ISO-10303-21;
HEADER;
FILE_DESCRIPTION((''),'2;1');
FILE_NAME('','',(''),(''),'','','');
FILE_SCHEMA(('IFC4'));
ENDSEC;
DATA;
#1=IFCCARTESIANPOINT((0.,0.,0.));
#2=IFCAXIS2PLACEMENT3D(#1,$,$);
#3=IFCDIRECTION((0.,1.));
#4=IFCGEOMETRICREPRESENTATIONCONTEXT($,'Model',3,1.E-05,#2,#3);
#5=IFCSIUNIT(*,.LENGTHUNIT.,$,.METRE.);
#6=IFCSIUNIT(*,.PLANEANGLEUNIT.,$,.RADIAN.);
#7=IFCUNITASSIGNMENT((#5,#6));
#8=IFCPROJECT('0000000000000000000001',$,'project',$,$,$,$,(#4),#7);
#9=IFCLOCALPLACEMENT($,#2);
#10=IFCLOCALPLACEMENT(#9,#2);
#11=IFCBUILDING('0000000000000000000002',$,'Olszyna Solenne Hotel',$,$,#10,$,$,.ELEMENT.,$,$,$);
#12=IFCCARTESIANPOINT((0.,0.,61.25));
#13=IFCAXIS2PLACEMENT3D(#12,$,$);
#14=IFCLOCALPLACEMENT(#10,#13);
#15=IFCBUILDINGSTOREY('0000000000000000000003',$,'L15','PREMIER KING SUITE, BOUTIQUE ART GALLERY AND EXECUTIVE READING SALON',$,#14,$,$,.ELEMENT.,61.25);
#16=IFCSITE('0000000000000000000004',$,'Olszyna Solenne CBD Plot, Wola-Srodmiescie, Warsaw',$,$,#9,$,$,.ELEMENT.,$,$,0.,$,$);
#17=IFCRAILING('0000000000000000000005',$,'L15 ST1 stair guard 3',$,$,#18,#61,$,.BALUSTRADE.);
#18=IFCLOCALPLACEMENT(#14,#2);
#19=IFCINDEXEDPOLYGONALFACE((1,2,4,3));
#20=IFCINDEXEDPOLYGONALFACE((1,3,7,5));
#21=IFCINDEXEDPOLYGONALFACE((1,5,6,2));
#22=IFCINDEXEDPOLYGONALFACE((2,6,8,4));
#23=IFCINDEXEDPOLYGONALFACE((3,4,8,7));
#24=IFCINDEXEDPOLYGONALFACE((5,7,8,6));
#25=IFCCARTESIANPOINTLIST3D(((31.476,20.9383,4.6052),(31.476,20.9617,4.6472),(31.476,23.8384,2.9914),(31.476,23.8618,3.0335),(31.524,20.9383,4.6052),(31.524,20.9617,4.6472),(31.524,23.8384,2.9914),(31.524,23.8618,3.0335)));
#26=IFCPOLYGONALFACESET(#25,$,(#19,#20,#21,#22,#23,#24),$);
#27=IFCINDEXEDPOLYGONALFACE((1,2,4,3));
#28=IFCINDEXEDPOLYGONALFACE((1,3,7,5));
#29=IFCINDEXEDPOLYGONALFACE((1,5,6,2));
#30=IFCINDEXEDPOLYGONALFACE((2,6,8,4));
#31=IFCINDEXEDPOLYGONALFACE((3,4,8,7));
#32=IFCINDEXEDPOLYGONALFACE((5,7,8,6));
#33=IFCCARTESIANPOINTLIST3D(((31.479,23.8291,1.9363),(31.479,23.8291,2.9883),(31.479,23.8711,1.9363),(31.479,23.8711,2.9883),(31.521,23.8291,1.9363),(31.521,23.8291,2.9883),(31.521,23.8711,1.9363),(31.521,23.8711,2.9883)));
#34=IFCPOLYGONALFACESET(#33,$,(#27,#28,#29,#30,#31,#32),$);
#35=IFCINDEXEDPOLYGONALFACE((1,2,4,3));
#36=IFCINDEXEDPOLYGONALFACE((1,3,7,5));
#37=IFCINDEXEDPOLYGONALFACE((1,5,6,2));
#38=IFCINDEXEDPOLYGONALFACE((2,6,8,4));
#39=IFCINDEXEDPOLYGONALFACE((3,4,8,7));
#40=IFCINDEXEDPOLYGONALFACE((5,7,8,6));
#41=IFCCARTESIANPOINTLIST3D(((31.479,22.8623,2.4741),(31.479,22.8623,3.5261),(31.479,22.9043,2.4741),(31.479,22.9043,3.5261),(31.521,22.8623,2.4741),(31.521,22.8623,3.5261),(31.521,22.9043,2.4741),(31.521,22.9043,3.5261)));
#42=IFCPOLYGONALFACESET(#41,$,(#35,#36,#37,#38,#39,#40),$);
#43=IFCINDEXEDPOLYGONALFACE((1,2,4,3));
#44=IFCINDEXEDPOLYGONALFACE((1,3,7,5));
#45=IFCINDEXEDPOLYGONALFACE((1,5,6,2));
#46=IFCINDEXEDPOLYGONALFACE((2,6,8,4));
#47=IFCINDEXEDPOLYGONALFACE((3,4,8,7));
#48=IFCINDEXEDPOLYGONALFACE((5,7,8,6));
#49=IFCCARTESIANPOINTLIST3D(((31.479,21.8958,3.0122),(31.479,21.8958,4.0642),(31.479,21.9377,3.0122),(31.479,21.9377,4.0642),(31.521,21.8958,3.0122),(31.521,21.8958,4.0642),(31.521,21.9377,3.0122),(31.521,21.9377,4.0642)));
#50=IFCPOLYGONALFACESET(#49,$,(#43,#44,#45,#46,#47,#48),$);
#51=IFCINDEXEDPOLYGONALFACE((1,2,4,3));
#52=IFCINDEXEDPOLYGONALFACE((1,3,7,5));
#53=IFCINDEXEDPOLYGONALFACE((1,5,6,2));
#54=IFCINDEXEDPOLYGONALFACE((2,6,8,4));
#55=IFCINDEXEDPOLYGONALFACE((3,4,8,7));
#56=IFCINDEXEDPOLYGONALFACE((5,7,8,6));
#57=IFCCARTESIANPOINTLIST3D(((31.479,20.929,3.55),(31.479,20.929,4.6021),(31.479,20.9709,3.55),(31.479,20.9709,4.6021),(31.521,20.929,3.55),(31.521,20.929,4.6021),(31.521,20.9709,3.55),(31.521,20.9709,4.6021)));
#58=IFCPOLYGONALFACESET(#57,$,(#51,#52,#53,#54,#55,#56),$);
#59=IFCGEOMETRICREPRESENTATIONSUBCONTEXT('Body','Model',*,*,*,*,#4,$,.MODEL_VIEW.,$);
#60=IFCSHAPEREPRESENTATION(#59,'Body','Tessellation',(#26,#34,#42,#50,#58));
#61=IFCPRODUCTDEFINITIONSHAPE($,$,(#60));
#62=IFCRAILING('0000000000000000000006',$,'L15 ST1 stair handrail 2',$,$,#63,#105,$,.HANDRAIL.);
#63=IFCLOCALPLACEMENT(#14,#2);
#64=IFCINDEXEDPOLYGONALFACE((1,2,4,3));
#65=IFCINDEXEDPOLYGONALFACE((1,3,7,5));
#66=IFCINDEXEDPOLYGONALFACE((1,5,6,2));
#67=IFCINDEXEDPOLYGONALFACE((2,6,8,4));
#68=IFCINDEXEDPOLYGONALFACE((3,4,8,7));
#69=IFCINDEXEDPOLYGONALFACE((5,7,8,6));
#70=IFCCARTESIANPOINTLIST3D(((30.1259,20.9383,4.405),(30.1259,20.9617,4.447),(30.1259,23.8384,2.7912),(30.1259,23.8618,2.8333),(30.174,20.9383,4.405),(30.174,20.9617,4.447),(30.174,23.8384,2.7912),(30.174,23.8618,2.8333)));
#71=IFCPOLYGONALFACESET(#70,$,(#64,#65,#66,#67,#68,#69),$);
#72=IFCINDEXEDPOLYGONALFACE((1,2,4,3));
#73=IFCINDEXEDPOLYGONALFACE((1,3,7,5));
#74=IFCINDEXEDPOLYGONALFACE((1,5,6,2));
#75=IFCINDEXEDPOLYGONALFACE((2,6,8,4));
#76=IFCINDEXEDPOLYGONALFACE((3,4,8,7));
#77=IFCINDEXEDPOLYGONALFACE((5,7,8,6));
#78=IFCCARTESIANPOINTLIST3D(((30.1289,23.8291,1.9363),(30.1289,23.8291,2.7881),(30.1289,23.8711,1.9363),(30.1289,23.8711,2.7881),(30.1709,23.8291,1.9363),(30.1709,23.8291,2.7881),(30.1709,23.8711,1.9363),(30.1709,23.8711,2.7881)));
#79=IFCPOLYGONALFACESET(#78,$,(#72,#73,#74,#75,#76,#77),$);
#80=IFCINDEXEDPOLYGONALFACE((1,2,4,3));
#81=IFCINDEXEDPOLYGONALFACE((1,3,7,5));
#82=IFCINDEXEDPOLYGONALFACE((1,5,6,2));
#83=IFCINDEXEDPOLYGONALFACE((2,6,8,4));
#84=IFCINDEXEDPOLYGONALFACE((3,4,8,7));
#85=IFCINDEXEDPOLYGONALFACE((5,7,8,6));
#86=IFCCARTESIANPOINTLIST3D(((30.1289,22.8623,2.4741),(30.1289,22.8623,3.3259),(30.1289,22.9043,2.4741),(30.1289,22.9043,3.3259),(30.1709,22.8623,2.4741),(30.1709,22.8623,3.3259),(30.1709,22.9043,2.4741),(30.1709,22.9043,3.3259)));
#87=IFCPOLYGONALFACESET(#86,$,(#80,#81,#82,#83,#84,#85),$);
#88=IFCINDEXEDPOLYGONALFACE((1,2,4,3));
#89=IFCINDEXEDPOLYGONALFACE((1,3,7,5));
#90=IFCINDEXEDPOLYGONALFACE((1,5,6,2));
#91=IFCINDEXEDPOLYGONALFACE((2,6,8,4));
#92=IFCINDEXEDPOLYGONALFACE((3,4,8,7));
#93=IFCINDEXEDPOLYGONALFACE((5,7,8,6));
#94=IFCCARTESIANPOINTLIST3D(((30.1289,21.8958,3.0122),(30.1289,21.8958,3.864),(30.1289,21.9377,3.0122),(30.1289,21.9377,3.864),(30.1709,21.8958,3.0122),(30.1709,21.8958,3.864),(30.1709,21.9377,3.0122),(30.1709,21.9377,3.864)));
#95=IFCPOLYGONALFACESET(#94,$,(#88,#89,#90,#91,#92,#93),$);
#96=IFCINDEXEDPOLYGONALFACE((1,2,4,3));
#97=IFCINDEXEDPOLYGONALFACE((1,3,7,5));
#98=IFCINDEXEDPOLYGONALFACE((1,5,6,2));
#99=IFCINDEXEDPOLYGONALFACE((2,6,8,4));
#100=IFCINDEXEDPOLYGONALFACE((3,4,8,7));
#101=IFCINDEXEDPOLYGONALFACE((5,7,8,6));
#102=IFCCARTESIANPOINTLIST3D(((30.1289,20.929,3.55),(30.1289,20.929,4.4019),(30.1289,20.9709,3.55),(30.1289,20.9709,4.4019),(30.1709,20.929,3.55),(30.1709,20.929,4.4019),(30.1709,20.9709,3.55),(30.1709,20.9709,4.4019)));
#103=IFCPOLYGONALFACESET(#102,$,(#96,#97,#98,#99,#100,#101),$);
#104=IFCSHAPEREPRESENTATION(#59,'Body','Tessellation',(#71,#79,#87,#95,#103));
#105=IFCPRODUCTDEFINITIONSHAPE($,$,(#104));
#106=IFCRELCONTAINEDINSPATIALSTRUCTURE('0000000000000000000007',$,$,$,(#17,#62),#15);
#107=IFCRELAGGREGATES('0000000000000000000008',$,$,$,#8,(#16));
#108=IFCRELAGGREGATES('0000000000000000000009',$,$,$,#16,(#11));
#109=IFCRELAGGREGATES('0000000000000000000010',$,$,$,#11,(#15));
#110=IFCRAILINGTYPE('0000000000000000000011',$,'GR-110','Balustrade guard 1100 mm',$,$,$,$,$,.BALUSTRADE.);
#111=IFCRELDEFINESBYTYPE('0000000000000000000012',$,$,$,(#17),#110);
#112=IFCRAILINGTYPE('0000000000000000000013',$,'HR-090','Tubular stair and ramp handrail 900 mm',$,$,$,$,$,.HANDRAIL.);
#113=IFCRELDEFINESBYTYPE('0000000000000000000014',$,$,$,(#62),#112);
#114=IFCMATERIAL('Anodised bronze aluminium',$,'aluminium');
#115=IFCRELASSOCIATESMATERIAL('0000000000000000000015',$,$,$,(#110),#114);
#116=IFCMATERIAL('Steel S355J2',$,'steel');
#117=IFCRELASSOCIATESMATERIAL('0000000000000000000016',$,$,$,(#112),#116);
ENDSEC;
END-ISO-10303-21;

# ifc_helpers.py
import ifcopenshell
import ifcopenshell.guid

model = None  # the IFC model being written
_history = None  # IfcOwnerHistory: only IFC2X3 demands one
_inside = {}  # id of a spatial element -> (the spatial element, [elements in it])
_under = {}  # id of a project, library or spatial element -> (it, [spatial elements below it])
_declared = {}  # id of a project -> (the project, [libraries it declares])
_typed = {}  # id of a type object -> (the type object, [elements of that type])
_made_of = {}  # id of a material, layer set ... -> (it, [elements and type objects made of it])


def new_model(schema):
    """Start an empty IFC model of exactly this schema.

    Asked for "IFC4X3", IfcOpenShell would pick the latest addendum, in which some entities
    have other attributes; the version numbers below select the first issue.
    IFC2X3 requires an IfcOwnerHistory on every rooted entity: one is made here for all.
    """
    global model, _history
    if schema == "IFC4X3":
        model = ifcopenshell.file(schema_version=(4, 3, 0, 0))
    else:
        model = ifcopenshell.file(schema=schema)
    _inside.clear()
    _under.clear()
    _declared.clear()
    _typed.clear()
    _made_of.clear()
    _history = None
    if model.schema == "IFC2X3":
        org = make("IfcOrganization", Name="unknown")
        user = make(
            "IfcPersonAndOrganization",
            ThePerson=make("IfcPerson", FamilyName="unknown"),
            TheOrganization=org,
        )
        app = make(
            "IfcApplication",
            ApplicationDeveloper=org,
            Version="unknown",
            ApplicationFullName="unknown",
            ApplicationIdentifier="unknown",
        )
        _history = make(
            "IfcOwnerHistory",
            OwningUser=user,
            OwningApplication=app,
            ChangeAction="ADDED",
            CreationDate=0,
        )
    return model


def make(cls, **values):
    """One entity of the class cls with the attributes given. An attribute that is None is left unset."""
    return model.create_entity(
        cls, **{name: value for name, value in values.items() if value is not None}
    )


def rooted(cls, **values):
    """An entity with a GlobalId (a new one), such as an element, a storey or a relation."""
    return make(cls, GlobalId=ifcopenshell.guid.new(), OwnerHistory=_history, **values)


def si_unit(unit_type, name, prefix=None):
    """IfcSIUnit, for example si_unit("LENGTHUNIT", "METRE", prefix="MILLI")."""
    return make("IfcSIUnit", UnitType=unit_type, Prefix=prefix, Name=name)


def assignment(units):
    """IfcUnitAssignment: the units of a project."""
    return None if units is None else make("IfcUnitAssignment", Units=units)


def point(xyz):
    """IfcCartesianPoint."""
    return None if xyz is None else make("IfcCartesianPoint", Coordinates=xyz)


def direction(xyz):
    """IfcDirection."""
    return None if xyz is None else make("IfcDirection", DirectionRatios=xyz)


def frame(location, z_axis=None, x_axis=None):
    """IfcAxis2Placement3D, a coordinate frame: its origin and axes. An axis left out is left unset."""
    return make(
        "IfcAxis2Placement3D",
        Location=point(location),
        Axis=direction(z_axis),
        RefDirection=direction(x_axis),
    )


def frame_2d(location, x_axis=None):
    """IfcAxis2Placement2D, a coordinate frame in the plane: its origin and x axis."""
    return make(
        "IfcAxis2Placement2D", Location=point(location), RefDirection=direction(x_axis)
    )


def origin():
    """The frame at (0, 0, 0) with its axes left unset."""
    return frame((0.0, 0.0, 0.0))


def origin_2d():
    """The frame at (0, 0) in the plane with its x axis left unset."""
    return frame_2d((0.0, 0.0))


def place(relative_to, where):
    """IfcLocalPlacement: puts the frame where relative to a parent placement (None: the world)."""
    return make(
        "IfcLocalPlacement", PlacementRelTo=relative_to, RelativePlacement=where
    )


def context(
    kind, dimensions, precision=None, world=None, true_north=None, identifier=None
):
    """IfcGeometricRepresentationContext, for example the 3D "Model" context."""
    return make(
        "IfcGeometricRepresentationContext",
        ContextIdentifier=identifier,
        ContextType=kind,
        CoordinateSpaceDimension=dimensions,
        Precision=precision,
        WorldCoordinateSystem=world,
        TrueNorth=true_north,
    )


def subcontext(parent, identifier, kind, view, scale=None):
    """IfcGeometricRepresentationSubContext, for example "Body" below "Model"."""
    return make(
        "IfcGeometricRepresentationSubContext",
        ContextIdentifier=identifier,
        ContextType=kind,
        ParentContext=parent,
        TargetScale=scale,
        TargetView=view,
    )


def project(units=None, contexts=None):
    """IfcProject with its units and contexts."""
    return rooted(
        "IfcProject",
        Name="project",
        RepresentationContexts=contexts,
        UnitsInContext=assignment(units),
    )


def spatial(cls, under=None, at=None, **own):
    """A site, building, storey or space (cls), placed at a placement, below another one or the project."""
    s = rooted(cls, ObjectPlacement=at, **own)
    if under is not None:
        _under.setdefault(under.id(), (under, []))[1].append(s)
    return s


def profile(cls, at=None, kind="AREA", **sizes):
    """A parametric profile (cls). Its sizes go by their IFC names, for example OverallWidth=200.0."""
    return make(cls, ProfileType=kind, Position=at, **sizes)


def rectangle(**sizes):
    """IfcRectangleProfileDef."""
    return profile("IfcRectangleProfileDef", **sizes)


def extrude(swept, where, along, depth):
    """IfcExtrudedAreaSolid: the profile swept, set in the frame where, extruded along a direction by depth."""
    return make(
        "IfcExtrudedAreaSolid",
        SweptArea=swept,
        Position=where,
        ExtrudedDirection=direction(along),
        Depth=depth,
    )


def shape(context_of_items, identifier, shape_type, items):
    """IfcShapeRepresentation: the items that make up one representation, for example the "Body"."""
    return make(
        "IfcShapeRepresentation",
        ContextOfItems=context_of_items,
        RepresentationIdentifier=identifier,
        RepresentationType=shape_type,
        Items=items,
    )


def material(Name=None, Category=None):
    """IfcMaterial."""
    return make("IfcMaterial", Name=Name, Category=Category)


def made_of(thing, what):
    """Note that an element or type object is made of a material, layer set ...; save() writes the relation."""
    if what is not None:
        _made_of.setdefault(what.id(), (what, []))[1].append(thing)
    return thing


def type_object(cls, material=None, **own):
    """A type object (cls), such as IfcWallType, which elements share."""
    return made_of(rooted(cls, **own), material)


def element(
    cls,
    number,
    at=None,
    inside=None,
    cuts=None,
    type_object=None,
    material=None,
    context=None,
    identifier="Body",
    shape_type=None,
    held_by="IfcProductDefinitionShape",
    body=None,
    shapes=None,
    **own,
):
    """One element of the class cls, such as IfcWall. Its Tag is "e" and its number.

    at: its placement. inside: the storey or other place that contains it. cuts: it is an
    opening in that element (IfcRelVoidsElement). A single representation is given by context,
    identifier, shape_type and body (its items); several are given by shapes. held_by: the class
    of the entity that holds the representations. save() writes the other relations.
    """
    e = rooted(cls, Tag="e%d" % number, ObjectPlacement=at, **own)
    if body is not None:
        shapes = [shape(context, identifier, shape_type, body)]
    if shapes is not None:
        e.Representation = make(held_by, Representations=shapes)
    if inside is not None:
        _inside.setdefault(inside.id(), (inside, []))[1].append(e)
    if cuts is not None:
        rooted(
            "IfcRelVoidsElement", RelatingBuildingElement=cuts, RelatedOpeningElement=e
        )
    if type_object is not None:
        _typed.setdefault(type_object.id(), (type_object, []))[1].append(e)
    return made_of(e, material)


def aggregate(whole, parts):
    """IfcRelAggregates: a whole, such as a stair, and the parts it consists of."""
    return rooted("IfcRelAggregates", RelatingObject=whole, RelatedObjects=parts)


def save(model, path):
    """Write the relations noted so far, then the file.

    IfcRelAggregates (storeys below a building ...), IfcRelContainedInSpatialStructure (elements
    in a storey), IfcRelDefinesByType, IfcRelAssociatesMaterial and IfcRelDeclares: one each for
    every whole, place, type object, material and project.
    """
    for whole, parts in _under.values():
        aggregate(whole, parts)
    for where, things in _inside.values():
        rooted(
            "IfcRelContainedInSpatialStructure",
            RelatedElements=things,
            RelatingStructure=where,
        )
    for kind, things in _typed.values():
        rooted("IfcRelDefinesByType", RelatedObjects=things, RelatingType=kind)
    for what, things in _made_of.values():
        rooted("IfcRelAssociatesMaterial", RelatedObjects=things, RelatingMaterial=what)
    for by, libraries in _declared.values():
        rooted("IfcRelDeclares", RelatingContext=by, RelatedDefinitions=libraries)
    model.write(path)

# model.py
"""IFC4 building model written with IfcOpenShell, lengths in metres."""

from ifc_helpers import new_model, si_unit, direction, frame, origin, origin_2d, place, context, subcontext, project, spatial, rectangle, extrude, material, type_object, element, save


model = new_model("IFC4")

# Units and contexts
model_context = context("Model", 3, precision=1e-05, world=origin(), true_north=direction((0.0, 1.0)))
body_context = subcontext(model_context, "Body", "Model", "MODEL_VIEW")
ifc_project = project(units=[si_unit("LENGTHUNIT", "METRE"), si_unit("PLANEANGLEUNIT", "RADIAN")], contexts=[model_context])

# Site, building, storey
site_placement = place(None, origin())
site = spatial("IfcSite", under=ifc_project, at=site_placement, Name="Olszyna Solenne CBD Plot, Wola-Srodmiescie, Warsaw", CompositionType="ELEMENT", RefElevation=0.0)
building_placement = place(site_placement, origin())
building = spatial("IfcBuilding", under=site, at=building_placement, Name="Olszyna Solenne Hotel", CompositionType="ELEMENT")
storey_placement = place(building_placement, frame((0.0, 0.0, 61.25)))
storey = spatial("IfcBuildingStorey", under=building, at=storey_placement, Name="L15", Description="PREMIER KING SUITE, BOUTIQUE ART GALLERY AND EXECUTIVE READING SALON", CompositionType="ELEMENT", Elevation=61.25)

# Shared definitions
ifc_material_1 = material(Name="Steel S355J2", Category="steel")

# Railings
ifc_material_2 = material(Name="Anodised bronze aluminium", Category="aluminium")
railing_type_1 = type_object("IfcRailingType", Name="GR-110", Description="Balustrade guard 1100 mm", PredefinedType="BALUSTRADE", material=ifc_material_2)
railing_1_placement = place(storey_placement, frame((31.5, 23.8501, 1.9363)))
element("IfcRailing", 1, at=railing_1_placement, inside=storey, type_object=railing_type_1, Name="L15 ST1 stair guard 3", PredefinedType="BALUSTRADE", context=body_context, shape_type="SweptSolid", body=[
    extrude(rectangle(XDim=0.0481, YDim=0.0481, at=origin_2d()), frame((0.0, 0.0, 1.0762), z_axis=(0.0, -0.873827, 0.486236), x_axis=(1.0, 0.0, 0.0)), (0.0, 0.0, 1.0), 3.3188),
    extrude(rectangle(XDim=0.042, YDim=0.042, at=origin_2d()), origin(), (0.0, 0.0, 1.0), 1.052),
    extrude(rectangle(XDim=0.042, YDim=0.042, at=origin_2d()), frame((0.0, -0.9668, 0.5378)), (0.0, 0.0, 1.0), 1.052),
    extrude(rectangle(XDim=0.042, YDim=0.042, at=origin_2d()), frame((0.0, -1.9333, 1.0759)), (0.0, 0.0, 1.0), 1.052),
    extrude(rectangle(XDim=0.042, YDim=0.042, at=origin_2d()), frame((0.0, -2.9001, 1.6138)), (0.0, 0.0, 1.0), 1.052),
])
railing_type_2 = type_object("IfcRailingType", Name="HR-090", Description="Tubular stair and ramp handrail 900 mm", PredefinedType="HANDRAIL", material=ifc_material_1)
railing_2_placement = place(storey_placement, frame((30.1499, 23.8501, 1.9363)))
element("IfcRailing", 2, at=railing_2_placement, inside=storey, type_object=railing_type_2, Name="L15 ST1 stair handrail 2", PredefinedType="HANDRAIL", context=body_context, shape_type="SweptSolid", body=[
    extrude(rectangle(XDim=0.0481, YDim=0.0481, at=origin_2d()), frame((0.0, 0.0, 0.876), z_axis=(0.0, -0.873827, 0.486236), x_axis=(1.0, 0.0, 0.0)), (0.0, 0.0, 1.0), 3.3188),
    extrude(rectangle(XDim=0.042, YDim=0.042, at=origin_2d()), origin(), (0.0, 0.0, 1.0), 0.8518),
    extrude(rectangle(XDim=0.042, YDim=0.042, at=origin_2d()), frame((0.0, -0.9668, 0.5378)), (0.0, 0.0, 1.0), 0.8518),
    extrude(rectangle(XDim=0.042, YDim=0.042, at=origin_2d()), frame((0.0, -1.9333, 1.0759)), (0.0, 0.0, 1.0), 0.8518),
    extrude(rectangle(XDim=0.042, YDim=0.042, at=origin_2d()), frame((0.0, -2.9001, 1.6138)), (0.0, 0.0, 1.0), 0.8518),
])

save(model, "model.ifc")
